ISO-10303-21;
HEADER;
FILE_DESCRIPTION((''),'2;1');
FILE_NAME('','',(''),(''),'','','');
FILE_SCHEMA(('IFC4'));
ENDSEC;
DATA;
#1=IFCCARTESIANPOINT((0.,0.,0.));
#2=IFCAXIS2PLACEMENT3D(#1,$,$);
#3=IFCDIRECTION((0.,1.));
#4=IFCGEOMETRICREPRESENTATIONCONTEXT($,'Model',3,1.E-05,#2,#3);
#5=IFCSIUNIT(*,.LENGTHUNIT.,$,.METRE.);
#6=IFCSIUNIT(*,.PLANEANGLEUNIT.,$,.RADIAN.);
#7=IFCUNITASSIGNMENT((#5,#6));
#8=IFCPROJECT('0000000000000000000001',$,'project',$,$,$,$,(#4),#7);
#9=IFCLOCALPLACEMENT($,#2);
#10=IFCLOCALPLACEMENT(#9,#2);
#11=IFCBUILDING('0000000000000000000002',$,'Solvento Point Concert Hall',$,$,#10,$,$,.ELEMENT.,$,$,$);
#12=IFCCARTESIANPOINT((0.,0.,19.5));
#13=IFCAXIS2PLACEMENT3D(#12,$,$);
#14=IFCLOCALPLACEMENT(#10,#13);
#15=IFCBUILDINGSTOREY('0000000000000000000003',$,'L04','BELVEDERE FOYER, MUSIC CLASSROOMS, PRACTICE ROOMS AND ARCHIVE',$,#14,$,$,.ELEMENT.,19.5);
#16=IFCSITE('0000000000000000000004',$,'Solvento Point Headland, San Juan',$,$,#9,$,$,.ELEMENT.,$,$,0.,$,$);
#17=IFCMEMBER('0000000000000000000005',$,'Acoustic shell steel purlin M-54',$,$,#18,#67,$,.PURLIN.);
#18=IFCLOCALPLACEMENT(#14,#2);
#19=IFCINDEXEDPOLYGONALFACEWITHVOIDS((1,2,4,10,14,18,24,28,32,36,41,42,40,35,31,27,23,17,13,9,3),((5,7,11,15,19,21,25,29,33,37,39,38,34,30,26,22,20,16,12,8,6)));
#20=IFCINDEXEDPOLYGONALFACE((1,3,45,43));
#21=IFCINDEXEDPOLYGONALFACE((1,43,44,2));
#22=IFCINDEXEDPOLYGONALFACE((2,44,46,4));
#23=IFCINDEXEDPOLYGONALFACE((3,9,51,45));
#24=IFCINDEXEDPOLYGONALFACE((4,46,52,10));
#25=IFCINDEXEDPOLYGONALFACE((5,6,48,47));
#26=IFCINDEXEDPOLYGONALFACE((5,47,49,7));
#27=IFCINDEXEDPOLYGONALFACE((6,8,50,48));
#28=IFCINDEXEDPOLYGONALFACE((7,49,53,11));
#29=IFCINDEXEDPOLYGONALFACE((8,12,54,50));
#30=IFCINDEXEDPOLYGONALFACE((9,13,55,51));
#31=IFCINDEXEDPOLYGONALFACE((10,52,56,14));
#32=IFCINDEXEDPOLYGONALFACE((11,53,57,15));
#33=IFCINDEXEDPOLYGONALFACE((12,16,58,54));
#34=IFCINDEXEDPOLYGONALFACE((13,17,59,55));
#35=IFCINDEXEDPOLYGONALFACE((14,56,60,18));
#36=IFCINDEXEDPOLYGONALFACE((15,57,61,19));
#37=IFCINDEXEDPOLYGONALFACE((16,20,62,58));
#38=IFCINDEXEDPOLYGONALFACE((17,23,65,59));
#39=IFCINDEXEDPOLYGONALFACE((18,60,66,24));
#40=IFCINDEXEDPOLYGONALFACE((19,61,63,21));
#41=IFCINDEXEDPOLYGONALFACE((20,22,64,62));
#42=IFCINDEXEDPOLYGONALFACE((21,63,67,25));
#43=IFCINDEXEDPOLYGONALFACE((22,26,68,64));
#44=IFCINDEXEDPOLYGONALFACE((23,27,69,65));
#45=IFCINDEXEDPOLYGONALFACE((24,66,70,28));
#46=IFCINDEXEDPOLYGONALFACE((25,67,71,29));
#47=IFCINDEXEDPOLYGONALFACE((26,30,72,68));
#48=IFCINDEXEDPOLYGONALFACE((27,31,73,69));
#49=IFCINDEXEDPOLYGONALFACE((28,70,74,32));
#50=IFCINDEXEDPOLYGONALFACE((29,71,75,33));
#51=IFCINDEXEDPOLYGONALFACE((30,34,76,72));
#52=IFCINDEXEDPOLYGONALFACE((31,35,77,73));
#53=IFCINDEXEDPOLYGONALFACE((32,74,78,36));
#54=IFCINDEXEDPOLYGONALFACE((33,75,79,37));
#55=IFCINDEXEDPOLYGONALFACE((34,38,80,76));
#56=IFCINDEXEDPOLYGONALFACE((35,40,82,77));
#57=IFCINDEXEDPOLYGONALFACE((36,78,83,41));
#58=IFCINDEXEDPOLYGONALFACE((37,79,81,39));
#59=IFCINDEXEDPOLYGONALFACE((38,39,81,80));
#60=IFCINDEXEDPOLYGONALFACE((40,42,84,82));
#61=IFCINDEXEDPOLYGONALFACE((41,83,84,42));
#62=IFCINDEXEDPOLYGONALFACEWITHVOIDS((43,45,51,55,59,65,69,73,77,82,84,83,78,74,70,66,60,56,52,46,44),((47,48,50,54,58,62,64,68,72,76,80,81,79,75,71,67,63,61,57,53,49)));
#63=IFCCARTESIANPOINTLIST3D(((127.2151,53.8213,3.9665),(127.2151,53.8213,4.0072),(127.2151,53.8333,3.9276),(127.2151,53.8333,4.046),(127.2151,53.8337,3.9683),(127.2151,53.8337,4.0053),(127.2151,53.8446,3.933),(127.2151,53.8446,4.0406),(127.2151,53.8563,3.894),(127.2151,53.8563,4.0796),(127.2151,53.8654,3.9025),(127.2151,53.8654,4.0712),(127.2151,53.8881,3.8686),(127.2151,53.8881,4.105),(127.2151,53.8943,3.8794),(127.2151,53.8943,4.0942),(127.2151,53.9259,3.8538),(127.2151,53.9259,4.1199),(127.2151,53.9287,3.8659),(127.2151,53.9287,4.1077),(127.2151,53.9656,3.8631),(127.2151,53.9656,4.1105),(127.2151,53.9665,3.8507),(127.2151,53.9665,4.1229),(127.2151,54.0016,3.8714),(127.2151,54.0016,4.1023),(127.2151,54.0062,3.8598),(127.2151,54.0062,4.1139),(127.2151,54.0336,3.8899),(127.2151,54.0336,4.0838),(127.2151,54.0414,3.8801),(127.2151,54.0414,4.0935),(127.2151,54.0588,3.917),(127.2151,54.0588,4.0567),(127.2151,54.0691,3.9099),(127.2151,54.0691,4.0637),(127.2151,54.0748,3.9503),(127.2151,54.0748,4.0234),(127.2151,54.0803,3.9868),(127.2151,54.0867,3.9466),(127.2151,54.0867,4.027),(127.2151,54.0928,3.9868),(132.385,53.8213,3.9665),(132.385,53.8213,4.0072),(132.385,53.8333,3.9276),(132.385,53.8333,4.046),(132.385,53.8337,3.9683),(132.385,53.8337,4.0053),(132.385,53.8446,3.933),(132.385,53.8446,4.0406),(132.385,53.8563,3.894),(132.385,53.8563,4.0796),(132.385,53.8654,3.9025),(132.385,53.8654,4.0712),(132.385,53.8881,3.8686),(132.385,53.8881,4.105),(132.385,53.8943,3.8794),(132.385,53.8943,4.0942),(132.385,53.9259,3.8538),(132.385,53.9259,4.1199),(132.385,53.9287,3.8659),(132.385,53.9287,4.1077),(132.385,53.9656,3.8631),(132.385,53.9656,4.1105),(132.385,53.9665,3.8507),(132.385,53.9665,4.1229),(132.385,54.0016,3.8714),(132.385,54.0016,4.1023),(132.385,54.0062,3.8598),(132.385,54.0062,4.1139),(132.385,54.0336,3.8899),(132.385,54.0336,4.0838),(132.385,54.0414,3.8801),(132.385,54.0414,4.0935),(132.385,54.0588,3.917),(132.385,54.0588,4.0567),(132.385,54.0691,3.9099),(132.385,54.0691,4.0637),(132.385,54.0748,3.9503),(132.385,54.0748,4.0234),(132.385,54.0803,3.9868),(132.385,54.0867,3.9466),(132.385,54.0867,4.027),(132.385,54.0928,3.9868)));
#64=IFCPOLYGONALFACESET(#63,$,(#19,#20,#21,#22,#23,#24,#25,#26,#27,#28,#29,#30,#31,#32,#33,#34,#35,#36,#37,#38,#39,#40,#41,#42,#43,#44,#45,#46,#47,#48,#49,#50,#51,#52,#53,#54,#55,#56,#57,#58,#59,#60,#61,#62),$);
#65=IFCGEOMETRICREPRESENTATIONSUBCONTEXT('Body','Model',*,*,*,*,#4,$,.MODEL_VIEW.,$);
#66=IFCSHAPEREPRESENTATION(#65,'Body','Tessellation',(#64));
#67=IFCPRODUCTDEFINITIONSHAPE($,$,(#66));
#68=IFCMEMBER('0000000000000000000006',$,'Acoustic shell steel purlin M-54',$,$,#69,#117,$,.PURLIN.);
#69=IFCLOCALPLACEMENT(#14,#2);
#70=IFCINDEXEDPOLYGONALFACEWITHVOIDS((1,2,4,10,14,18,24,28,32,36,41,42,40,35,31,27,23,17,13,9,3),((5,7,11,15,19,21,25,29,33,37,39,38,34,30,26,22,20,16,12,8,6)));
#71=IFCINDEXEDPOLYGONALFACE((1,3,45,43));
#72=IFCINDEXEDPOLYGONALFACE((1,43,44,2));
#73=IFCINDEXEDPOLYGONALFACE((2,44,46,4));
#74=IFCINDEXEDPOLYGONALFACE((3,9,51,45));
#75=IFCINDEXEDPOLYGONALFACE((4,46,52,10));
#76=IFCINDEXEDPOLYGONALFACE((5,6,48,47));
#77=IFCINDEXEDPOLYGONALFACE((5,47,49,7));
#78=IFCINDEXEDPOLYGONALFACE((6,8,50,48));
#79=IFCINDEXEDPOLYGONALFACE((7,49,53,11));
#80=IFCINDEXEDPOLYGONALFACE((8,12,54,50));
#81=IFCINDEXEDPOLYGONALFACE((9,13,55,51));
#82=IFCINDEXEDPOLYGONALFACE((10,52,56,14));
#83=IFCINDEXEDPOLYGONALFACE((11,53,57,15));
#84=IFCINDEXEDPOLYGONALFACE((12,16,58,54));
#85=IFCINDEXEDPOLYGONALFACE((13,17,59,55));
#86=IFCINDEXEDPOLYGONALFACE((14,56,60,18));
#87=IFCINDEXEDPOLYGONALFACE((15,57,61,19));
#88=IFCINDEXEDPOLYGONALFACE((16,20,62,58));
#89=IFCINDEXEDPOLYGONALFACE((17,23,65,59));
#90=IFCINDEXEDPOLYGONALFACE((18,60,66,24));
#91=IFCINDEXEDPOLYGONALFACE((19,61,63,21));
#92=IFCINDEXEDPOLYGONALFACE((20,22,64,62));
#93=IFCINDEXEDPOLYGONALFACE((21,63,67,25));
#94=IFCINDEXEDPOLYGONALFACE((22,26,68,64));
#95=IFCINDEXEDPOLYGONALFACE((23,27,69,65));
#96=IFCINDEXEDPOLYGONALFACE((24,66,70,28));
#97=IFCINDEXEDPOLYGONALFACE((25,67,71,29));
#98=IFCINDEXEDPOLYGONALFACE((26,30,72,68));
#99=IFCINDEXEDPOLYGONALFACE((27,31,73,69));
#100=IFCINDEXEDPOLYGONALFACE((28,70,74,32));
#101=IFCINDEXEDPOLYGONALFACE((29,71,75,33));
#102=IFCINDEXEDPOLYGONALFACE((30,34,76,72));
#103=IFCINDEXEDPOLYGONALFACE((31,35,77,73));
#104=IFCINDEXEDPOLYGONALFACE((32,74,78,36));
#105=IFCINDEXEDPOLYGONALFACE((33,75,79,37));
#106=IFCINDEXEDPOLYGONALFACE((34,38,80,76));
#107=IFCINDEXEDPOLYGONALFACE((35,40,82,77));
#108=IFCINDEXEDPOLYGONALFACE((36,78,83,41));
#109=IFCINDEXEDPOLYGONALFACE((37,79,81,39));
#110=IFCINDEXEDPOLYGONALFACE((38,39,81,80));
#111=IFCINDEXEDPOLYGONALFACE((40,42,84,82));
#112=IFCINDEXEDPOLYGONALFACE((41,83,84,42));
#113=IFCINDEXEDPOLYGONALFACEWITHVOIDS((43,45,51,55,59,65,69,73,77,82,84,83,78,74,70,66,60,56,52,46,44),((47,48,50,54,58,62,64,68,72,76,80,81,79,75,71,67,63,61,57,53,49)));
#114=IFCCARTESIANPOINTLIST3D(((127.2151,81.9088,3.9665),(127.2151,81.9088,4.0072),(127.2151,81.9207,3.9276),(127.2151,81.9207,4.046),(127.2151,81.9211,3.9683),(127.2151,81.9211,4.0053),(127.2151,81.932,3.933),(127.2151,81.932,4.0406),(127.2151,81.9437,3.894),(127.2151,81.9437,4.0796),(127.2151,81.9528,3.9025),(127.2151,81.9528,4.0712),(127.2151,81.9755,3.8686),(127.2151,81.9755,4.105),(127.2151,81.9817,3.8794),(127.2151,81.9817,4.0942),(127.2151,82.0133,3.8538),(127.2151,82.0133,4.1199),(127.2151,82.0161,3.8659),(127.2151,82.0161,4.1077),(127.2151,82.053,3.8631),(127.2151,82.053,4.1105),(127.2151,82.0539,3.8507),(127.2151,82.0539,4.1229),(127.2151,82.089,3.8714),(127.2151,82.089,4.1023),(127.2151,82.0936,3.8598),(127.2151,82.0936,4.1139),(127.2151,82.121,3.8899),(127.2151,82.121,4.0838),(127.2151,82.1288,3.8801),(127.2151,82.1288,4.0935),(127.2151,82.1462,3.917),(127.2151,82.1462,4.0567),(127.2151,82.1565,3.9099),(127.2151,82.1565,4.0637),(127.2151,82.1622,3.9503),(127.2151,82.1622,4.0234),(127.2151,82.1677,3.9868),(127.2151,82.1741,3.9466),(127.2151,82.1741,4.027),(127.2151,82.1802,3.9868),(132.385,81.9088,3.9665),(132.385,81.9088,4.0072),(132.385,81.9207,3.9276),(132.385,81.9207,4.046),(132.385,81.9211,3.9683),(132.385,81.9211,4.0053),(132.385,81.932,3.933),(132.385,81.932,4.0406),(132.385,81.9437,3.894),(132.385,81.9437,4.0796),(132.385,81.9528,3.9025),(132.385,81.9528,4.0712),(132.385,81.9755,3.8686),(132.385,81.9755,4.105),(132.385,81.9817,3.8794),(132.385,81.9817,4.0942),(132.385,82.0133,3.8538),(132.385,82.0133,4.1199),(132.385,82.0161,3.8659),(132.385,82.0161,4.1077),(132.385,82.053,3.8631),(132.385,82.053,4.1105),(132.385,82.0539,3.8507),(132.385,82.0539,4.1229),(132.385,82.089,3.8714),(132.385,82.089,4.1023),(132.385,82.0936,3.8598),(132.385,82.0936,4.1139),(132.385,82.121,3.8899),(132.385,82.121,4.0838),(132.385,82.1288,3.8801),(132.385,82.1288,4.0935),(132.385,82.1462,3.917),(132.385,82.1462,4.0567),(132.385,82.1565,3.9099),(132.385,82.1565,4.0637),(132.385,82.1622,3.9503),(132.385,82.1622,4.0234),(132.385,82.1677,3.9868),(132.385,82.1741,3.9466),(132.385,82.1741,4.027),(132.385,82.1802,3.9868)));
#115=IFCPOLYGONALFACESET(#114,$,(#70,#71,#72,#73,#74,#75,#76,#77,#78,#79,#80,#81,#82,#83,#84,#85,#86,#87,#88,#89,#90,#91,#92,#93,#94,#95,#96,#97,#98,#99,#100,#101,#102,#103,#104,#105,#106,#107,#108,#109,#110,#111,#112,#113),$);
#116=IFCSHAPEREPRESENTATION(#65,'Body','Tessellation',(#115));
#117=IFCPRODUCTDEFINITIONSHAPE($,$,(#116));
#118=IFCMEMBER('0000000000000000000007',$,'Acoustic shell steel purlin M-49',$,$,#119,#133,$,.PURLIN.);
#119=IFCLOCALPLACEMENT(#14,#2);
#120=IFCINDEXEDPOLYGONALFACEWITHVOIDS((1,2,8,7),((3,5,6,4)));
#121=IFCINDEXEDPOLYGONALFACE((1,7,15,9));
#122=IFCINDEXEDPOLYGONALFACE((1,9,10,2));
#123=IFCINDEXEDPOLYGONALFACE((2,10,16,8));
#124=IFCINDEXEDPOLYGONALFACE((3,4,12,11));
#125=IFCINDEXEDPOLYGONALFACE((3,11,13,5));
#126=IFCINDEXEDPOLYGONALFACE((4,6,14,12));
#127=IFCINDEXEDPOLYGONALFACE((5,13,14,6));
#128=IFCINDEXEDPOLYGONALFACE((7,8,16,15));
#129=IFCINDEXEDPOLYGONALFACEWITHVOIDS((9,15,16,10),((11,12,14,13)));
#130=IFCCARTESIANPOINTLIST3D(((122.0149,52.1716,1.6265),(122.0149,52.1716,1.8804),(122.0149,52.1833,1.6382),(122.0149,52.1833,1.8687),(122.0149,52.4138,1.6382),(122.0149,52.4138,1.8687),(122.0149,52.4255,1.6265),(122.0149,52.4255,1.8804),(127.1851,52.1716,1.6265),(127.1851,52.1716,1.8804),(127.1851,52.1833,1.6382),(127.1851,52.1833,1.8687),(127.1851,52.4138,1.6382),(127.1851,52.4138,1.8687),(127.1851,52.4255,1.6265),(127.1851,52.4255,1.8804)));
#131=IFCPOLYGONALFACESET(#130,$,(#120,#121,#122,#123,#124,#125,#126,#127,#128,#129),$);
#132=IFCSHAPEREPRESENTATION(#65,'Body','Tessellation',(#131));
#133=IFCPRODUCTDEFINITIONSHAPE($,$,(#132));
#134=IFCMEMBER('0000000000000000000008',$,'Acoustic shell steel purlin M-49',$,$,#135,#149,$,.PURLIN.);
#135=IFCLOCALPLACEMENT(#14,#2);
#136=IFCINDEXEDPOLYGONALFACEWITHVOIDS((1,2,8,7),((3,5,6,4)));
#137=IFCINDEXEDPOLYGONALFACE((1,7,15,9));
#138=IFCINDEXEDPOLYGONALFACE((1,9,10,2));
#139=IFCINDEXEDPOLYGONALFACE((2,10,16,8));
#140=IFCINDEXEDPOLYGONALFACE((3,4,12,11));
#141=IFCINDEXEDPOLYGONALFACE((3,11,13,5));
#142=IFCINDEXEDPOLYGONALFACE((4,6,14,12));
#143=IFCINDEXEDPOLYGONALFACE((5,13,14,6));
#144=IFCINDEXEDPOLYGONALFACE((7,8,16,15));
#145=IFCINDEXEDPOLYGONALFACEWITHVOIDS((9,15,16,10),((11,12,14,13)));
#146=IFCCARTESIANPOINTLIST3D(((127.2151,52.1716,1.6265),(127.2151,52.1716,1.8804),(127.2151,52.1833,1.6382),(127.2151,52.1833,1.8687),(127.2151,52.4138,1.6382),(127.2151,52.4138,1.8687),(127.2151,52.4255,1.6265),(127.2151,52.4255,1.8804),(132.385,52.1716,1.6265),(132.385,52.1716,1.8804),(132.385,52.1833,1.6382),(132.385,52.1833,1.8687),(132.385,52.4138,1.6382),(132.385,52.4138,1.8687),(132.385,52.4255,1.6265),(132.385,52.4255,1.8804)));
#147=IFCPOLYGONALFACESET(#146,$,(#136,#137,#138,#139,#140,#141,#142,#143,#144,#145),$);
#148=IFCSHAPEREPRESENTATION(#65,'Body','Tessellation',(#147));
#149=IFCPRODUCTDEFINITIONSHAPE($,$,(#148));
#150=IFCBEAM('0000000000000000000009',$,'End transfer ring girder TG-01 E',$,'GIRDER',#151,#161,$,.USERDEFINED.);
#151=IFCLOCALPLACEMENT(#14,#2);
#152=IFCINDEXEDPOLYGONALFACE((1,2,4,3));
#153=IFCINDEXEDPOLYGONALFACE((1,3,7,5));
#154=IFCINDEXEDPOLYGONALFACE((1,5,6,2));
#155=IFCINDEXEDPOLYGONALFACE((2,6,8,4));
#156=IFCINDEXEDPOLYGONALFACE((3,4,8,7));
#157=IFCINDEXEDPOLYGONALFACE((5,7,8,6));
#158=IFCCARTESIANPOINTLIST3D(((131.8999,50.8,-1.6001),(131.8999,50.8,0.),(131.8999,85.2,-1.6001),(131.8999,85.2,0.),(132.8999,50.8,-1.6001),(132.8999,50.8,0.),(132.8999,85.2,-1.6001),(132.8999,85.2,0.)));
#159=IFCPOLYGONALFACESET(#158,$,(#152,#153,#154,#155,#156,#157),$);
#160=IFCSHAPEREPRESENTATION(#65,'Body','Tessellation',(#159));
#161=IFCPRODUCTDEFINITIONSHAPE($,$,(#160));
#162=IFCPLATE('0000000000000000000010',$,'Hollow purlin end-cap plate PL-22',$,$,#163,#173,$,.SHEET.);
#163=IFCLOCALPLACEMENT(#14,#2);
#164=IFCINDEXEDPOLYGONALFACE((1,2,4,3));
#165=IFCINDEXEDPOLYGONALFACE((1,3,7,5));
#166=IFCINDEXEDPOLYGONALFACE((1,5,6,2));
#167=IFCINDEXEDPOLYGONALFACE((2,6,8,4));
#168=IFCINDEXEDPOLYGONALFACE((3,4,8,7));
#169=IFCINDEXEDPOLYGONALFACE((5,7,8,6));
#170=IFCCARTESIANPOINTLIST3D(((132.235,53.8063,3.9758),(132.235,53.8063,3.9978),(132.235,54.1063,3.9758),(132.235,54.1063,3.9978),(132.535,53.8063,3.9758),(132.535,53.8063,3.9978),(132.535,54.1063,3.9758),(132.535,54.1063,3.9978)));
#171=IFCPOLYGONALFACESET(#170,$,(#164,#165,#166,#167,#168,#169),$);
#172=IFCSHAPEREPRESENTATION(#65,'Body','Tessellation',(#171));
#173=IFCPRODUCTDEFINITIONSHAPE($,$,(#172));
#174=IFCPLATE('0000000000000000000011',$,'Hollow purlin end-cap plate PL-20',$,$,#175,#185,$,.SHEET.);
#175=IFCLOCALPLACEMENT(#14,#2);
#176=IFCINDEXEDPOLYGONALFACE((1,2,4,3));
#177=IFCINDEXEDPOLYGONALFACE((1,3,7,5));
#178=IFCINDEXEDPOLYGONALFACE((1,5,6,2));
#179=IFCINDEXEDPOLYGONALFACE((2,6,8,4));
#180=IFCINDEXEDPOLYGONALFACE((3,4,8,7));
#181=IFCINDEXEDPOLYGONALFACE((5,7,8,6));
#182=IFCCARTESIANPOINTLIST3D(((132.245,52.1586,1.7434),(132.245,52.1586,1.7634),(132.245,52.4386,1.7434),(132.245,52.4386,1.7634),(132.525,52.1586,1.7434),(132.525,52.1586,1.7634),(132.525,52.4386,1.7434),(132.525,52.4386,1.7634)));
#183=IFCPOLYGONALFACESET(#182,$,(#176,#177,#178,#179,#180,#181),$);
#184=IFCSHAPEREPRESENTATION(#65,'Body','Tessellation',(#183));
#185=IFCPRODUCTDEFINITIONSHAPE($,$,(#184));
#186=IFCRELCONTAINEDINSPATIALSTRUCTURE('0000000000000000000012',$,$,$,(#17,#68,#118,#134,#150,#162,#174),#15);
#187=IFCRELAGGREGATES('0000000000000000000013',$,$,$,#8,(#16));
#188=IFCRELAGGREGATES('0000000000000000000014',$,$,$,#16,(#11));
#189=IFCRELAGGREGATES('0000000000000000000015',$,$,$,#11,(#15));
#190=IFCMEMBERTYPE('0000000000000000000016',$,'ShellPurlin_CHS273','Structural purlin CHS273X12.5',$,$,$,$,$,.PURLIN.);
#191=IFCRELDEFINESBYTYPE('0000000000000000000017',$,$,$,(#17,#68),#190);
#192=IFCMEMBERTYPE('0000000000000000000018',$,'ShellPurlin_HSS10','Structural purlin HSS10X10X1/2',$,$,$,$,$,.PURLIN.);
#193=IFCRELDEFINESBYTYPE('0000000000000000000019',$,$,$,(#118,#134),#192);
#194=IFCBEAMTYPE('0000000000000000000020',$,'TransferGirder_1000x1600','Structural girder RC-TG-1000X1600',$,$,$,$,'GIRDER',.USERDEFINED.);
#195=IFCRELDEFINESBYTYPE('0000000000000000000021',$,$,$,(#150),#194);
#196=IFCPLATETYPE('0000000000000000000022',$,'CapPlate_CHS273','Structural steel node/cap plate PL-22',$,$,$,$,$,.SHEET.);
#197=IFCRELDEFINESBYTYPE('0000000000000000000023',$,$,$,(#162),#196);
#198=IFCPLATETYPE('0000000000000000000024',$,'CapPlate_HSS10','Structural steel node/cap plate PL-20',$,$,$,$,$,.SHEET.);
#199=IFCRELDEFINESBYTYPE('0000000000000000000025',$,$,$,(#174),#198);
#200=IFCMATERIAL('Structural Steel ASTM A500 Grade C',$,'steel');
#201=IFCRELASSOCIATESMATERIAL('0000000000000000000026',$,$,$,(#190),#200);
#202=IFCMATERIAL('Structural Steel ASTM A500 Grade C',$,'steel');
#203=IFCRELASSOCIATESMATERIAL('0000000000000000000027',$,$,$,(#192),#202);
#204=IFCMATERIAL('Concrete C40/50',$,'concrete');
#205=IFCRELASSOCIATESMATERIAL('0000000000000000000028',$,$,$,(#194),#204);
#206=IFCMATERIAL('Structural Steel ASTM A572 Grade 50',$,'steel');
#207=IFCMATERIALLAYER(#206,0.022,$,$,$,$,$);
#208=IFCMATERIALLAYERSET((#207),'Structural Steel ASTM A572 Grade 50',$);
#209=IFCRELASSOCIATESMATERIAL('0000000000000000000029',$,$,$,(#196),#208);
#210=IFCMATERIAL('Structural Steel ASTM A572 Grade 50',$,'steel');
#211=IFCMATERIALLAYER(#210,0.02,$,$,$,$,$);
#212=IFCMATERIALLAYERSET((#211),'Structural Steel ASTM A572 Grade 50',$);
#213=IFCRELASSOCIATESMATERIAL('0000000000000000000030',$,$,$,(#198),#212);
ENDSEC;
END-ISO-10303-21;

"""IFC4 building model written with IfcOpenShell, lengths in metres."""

from ifc_helpers import new_model, si_unit, direction, frame, origin, origin_2d, place, context, subcontext, project, spatial, rectangle, hollow_rectangle, hollow_circle, extrude, material, layer, layer_set, material_profile, profile_set, type_object, element, save


model = new_model("IFC4")

# Units and contexts
model_context = context("Model", 3, precision=1e-05, world=origin(), true_north=direction((0.0, 1.0)))
body_context = subcontext(model_context, "Body", "Model", "MODEL_VIEW")
ifc_project = project(units=[si_unit("LENGTHUNIT", "METRE"), si_unit("PLANEANGLEUNIT", "RADIAN")], contexts=[model_context])

# Site, building, storey
site_placement = place(None, origin())
site = spatial("IfcSite", under=ifc_project, at=site_placement, Name="Solvento Point Headland, San Juan", CompositionType="ELEMENT", RefElevation=0.0)
building_placement = place(site_placement, origin())
building = spatial("IfcBuilding", under=site, at=building_placement, Name="Solvento Point Concert Hall", CompositionType="ELEMENT")
storey_placement = place(building_placement, frame((0.0, 0.0, 19.5)))
storey = spatial("IfcBuildingStorey", under=building, at=storey_placement, Name="L04", Description="BELVEDERE FOYER, MUSIC CLASSROOMS, PRACTICE ROOMS AND ARCHIVE", CompositionType="ELEMENT", Elevation=19.5)

# Members
ifc_material_1 = material(Name="Structural Steel ASTM A500 Grade C", Category="steel")
ifc_material_profile_1 = material_profile(ifc_material_1, hollow_circle(Radius=0.1365, WallThickness=0.0125, at=origin_2d()), Name="CHS273X12.5")
ifc_profile_set_1 = profile_set([ifc_material_profile_1], Name="Structural Steel ASTM A500 Grade C")
member_type_1 = type_object("IfcMemberType", Name="ShellPurlin_CHS273", Description="Structural purlin CHS273X12.5", PredefinedType="PURLIN", material=ifc_profile_set_1)
for number, where, z_axis, x_axis, name in (
    (1, (127.2151, 53.9563, 3.9868), (1.0, 0.0, 0.0), (0.0, 1.0, 0.0), "Acoustic shell steel purlin M-54"),
    (2, (127.2151, 82.0437, 3.9868), (1.0, 0.0, 0.0), (0.0, 1.0, 0.0), "Acoustic shell steel purlin M-54"),
):
    element("IfcMember", number, at=place(storey_placement, frame(where, z_axis=z_axis, x_axis=x_axis)), inside=storey, type_object=member_type_1, Name=name, PredefinedType="PURLIN", context=body_context, shape_type="SweptSolid", body=[
        extrude(hollow_circle(Radius=0.1365, WallThickness=0.0125, at=origin_2d()), origin(), (0.0, 0.0, 1.0), 5.1699),
    ])
ifc_material_2 = material(Name="Structural Steel ASTM A500 Grade C", Category="steel")
ifc_material_profile_2 = material_profile(ifc_material_2, hollow_rectangle(XDim=0.2539, YDim=0.2539, WallThickness=0.0117, at=origin_2d()), Name="HSS10X10X1/2")
ifc_profile_set_2 = profile_set([ifc_material_profile_2], Name="Structural Steel ASTM A500 Grade C")
member_type_2 = type_object("IfcMemberType", Name="ShellPurlin_HSS10", Description="Structural purlin HSS10X10X1/2", PredefinedType="PURLIN", material=ifc_profile_set_2)
member_1_placement = place(storey_placement, frame((122.0149, 52.2986, 1.7534), z_axis=(1.0, 0.0, 0.0), x_axis=(0.0, 1.0, 0.0)))
element("IfcMember", 3, at=member_1_placement, inside=storey, type_object=member_type_2, Name="Acoustic shell steel purlin M-49", PredefinedType="PURLIN", context=body_context, shape_type="SweptSolid", body=[
    extrude(hollow_rectangle(XDim=0.2539, YDim=0.2539, WallThickness=0.0117, at=origin_2d()), origin(), (0.0, 0.0, 1.0), 5.1702),
])
member_2_placement = place(storey_placement, frame((127.2151, 52.2986, 1.7534), z_axis=(1.0, 0.0, 0.0), x_axis=(0.0, 1.0, 0.0)))
element("IfcMember", 4, at=member_2_placement, inside=storey, type_object=member_type_2, Name="Acoustic shell steel purlin M-49", PredefinedType="PURLIN", context=body_context, shape_type="SweptSolid", body=[
    extrude(hollow_rectangle(XDim=0.2539, YDim=0.2539, WallThickness=0.0117, at=origin_2d()), origin(), (0.0, 0.0, 1.0), 5.1699),
])

# Beam
ifc_material_3 = material(Name="Concrete C40/50", Category="concrete")
ifc_material_profile_3 = material_profile(ifc_material_3, rectangle(XDim=1.0, YDim=1.6001, at=origin_2d()), Name="RC-TG-1000X1600")
ifc_profile_set_3 = profile_set([ifc_material_profile_3], Name="Concrete C40/50")
beam_type_1 = type_object("IfcBeamType", Name="TransferGirder_1000x1600", Description="Structural girder RC-TG-1000X1600", ElementType="GIRDER", PredefinedType="USERDEFINED", material=ifc_profile_set_3)
beam_1_placement = place(storey_placement, frame((132.3999, 50.8, -0.8), z_axis=(0.0, 1.0, 0.0), x_axis=(-1.0, 0.0, 0.0)))
element("IfcBeam", 5, at=beam_1_placement, inside=storey, type_object=beam_type_1, Name="End transfer ring girder TG-01 E", ObjectType="GIRDER", PredefinedType="USERDEFINED", context=body_context, shape_type="SweptSolid", body=[
    extrude(rectangle(XDim=1.0, YDim=1.6001, at=origin_2d()), origin(), (0.0, 0.0, 1.0), 34.3999),
])

# Plates
ifc_material_4 = material(Name="Structural Steel ASTM A572 Grade 50", Category="steel")
ifc_layer_1 = layer(ifc_material_4, 0.022)
ifc_layer_set_1 = layer_set([ifc_layer_1], Name="Structural Steel ASTM A572 Grade 50")
plate_type_1 = type_object("IfcPlateType", Name="CapPlate_CHS273", Description="Structural steel node/cap plate PL-22", PredefinedType="SHEET", material=ifc_layer_set_1)
plate_1_placement = place(storey_placement, frame((132.385, 53.9563, 3.9758), z_axis=(0.0, 0.0, 1.0), x_axis=(0.0, 1.0, 0.0)))
element("IfcPlate", 6, at=plate_1_placement, inside=storey, type_object=plate_type_1, Name="Hollow purlin end-cap plate PL-22", PredefinedType="SHEET", context=body_context, shape_type="SweptSolid", body=[
    extrude(rectangle(XDim=0.3, YDim=0.3, at=origin_2d()), origin(), (0.0, 0.0, 1.0), 0.022),
])
ifc_material_5 = material(Name="Structural Steel ASTM A572 Grade 50", Category="steel")
ifc_layer_2 = layer(ifc_material_5, 0.02)
ifc_layer_set_2 = layer_set([ifc_layer_2], Name="Structural Steel ASTM A572 Grade 50")
plate_type_2 = type_object("IfcPlateType", Name="CapPlate_HSS10", Description="Structural steel node/cap plate PL-20", PredefinedType="SHEET", material=ifc_layer_set_2)
plate_2_placement = place(storey_placement, frame((132.385, 52.2986, 1.7434), z_axis=(0.0, 0.0, 1.0), x_axis=(0.0, 1.0, 0.0)))
element("IfcPlate", 7, at=plate_2_placement, inside=storey, type_object=plate_type_2, Name="Hollow purlin end-cap plate PL-20", PredefinedType="SHEET", context=body_context, shape_type="SweptSolid", body=[
    extrude(rectangle(XDim=0.28, YDim=0.28, at=origin_2d()), origin(), (0.0, 0.0, 1.0), 0.02),
])

save(model, "model.ifc")
